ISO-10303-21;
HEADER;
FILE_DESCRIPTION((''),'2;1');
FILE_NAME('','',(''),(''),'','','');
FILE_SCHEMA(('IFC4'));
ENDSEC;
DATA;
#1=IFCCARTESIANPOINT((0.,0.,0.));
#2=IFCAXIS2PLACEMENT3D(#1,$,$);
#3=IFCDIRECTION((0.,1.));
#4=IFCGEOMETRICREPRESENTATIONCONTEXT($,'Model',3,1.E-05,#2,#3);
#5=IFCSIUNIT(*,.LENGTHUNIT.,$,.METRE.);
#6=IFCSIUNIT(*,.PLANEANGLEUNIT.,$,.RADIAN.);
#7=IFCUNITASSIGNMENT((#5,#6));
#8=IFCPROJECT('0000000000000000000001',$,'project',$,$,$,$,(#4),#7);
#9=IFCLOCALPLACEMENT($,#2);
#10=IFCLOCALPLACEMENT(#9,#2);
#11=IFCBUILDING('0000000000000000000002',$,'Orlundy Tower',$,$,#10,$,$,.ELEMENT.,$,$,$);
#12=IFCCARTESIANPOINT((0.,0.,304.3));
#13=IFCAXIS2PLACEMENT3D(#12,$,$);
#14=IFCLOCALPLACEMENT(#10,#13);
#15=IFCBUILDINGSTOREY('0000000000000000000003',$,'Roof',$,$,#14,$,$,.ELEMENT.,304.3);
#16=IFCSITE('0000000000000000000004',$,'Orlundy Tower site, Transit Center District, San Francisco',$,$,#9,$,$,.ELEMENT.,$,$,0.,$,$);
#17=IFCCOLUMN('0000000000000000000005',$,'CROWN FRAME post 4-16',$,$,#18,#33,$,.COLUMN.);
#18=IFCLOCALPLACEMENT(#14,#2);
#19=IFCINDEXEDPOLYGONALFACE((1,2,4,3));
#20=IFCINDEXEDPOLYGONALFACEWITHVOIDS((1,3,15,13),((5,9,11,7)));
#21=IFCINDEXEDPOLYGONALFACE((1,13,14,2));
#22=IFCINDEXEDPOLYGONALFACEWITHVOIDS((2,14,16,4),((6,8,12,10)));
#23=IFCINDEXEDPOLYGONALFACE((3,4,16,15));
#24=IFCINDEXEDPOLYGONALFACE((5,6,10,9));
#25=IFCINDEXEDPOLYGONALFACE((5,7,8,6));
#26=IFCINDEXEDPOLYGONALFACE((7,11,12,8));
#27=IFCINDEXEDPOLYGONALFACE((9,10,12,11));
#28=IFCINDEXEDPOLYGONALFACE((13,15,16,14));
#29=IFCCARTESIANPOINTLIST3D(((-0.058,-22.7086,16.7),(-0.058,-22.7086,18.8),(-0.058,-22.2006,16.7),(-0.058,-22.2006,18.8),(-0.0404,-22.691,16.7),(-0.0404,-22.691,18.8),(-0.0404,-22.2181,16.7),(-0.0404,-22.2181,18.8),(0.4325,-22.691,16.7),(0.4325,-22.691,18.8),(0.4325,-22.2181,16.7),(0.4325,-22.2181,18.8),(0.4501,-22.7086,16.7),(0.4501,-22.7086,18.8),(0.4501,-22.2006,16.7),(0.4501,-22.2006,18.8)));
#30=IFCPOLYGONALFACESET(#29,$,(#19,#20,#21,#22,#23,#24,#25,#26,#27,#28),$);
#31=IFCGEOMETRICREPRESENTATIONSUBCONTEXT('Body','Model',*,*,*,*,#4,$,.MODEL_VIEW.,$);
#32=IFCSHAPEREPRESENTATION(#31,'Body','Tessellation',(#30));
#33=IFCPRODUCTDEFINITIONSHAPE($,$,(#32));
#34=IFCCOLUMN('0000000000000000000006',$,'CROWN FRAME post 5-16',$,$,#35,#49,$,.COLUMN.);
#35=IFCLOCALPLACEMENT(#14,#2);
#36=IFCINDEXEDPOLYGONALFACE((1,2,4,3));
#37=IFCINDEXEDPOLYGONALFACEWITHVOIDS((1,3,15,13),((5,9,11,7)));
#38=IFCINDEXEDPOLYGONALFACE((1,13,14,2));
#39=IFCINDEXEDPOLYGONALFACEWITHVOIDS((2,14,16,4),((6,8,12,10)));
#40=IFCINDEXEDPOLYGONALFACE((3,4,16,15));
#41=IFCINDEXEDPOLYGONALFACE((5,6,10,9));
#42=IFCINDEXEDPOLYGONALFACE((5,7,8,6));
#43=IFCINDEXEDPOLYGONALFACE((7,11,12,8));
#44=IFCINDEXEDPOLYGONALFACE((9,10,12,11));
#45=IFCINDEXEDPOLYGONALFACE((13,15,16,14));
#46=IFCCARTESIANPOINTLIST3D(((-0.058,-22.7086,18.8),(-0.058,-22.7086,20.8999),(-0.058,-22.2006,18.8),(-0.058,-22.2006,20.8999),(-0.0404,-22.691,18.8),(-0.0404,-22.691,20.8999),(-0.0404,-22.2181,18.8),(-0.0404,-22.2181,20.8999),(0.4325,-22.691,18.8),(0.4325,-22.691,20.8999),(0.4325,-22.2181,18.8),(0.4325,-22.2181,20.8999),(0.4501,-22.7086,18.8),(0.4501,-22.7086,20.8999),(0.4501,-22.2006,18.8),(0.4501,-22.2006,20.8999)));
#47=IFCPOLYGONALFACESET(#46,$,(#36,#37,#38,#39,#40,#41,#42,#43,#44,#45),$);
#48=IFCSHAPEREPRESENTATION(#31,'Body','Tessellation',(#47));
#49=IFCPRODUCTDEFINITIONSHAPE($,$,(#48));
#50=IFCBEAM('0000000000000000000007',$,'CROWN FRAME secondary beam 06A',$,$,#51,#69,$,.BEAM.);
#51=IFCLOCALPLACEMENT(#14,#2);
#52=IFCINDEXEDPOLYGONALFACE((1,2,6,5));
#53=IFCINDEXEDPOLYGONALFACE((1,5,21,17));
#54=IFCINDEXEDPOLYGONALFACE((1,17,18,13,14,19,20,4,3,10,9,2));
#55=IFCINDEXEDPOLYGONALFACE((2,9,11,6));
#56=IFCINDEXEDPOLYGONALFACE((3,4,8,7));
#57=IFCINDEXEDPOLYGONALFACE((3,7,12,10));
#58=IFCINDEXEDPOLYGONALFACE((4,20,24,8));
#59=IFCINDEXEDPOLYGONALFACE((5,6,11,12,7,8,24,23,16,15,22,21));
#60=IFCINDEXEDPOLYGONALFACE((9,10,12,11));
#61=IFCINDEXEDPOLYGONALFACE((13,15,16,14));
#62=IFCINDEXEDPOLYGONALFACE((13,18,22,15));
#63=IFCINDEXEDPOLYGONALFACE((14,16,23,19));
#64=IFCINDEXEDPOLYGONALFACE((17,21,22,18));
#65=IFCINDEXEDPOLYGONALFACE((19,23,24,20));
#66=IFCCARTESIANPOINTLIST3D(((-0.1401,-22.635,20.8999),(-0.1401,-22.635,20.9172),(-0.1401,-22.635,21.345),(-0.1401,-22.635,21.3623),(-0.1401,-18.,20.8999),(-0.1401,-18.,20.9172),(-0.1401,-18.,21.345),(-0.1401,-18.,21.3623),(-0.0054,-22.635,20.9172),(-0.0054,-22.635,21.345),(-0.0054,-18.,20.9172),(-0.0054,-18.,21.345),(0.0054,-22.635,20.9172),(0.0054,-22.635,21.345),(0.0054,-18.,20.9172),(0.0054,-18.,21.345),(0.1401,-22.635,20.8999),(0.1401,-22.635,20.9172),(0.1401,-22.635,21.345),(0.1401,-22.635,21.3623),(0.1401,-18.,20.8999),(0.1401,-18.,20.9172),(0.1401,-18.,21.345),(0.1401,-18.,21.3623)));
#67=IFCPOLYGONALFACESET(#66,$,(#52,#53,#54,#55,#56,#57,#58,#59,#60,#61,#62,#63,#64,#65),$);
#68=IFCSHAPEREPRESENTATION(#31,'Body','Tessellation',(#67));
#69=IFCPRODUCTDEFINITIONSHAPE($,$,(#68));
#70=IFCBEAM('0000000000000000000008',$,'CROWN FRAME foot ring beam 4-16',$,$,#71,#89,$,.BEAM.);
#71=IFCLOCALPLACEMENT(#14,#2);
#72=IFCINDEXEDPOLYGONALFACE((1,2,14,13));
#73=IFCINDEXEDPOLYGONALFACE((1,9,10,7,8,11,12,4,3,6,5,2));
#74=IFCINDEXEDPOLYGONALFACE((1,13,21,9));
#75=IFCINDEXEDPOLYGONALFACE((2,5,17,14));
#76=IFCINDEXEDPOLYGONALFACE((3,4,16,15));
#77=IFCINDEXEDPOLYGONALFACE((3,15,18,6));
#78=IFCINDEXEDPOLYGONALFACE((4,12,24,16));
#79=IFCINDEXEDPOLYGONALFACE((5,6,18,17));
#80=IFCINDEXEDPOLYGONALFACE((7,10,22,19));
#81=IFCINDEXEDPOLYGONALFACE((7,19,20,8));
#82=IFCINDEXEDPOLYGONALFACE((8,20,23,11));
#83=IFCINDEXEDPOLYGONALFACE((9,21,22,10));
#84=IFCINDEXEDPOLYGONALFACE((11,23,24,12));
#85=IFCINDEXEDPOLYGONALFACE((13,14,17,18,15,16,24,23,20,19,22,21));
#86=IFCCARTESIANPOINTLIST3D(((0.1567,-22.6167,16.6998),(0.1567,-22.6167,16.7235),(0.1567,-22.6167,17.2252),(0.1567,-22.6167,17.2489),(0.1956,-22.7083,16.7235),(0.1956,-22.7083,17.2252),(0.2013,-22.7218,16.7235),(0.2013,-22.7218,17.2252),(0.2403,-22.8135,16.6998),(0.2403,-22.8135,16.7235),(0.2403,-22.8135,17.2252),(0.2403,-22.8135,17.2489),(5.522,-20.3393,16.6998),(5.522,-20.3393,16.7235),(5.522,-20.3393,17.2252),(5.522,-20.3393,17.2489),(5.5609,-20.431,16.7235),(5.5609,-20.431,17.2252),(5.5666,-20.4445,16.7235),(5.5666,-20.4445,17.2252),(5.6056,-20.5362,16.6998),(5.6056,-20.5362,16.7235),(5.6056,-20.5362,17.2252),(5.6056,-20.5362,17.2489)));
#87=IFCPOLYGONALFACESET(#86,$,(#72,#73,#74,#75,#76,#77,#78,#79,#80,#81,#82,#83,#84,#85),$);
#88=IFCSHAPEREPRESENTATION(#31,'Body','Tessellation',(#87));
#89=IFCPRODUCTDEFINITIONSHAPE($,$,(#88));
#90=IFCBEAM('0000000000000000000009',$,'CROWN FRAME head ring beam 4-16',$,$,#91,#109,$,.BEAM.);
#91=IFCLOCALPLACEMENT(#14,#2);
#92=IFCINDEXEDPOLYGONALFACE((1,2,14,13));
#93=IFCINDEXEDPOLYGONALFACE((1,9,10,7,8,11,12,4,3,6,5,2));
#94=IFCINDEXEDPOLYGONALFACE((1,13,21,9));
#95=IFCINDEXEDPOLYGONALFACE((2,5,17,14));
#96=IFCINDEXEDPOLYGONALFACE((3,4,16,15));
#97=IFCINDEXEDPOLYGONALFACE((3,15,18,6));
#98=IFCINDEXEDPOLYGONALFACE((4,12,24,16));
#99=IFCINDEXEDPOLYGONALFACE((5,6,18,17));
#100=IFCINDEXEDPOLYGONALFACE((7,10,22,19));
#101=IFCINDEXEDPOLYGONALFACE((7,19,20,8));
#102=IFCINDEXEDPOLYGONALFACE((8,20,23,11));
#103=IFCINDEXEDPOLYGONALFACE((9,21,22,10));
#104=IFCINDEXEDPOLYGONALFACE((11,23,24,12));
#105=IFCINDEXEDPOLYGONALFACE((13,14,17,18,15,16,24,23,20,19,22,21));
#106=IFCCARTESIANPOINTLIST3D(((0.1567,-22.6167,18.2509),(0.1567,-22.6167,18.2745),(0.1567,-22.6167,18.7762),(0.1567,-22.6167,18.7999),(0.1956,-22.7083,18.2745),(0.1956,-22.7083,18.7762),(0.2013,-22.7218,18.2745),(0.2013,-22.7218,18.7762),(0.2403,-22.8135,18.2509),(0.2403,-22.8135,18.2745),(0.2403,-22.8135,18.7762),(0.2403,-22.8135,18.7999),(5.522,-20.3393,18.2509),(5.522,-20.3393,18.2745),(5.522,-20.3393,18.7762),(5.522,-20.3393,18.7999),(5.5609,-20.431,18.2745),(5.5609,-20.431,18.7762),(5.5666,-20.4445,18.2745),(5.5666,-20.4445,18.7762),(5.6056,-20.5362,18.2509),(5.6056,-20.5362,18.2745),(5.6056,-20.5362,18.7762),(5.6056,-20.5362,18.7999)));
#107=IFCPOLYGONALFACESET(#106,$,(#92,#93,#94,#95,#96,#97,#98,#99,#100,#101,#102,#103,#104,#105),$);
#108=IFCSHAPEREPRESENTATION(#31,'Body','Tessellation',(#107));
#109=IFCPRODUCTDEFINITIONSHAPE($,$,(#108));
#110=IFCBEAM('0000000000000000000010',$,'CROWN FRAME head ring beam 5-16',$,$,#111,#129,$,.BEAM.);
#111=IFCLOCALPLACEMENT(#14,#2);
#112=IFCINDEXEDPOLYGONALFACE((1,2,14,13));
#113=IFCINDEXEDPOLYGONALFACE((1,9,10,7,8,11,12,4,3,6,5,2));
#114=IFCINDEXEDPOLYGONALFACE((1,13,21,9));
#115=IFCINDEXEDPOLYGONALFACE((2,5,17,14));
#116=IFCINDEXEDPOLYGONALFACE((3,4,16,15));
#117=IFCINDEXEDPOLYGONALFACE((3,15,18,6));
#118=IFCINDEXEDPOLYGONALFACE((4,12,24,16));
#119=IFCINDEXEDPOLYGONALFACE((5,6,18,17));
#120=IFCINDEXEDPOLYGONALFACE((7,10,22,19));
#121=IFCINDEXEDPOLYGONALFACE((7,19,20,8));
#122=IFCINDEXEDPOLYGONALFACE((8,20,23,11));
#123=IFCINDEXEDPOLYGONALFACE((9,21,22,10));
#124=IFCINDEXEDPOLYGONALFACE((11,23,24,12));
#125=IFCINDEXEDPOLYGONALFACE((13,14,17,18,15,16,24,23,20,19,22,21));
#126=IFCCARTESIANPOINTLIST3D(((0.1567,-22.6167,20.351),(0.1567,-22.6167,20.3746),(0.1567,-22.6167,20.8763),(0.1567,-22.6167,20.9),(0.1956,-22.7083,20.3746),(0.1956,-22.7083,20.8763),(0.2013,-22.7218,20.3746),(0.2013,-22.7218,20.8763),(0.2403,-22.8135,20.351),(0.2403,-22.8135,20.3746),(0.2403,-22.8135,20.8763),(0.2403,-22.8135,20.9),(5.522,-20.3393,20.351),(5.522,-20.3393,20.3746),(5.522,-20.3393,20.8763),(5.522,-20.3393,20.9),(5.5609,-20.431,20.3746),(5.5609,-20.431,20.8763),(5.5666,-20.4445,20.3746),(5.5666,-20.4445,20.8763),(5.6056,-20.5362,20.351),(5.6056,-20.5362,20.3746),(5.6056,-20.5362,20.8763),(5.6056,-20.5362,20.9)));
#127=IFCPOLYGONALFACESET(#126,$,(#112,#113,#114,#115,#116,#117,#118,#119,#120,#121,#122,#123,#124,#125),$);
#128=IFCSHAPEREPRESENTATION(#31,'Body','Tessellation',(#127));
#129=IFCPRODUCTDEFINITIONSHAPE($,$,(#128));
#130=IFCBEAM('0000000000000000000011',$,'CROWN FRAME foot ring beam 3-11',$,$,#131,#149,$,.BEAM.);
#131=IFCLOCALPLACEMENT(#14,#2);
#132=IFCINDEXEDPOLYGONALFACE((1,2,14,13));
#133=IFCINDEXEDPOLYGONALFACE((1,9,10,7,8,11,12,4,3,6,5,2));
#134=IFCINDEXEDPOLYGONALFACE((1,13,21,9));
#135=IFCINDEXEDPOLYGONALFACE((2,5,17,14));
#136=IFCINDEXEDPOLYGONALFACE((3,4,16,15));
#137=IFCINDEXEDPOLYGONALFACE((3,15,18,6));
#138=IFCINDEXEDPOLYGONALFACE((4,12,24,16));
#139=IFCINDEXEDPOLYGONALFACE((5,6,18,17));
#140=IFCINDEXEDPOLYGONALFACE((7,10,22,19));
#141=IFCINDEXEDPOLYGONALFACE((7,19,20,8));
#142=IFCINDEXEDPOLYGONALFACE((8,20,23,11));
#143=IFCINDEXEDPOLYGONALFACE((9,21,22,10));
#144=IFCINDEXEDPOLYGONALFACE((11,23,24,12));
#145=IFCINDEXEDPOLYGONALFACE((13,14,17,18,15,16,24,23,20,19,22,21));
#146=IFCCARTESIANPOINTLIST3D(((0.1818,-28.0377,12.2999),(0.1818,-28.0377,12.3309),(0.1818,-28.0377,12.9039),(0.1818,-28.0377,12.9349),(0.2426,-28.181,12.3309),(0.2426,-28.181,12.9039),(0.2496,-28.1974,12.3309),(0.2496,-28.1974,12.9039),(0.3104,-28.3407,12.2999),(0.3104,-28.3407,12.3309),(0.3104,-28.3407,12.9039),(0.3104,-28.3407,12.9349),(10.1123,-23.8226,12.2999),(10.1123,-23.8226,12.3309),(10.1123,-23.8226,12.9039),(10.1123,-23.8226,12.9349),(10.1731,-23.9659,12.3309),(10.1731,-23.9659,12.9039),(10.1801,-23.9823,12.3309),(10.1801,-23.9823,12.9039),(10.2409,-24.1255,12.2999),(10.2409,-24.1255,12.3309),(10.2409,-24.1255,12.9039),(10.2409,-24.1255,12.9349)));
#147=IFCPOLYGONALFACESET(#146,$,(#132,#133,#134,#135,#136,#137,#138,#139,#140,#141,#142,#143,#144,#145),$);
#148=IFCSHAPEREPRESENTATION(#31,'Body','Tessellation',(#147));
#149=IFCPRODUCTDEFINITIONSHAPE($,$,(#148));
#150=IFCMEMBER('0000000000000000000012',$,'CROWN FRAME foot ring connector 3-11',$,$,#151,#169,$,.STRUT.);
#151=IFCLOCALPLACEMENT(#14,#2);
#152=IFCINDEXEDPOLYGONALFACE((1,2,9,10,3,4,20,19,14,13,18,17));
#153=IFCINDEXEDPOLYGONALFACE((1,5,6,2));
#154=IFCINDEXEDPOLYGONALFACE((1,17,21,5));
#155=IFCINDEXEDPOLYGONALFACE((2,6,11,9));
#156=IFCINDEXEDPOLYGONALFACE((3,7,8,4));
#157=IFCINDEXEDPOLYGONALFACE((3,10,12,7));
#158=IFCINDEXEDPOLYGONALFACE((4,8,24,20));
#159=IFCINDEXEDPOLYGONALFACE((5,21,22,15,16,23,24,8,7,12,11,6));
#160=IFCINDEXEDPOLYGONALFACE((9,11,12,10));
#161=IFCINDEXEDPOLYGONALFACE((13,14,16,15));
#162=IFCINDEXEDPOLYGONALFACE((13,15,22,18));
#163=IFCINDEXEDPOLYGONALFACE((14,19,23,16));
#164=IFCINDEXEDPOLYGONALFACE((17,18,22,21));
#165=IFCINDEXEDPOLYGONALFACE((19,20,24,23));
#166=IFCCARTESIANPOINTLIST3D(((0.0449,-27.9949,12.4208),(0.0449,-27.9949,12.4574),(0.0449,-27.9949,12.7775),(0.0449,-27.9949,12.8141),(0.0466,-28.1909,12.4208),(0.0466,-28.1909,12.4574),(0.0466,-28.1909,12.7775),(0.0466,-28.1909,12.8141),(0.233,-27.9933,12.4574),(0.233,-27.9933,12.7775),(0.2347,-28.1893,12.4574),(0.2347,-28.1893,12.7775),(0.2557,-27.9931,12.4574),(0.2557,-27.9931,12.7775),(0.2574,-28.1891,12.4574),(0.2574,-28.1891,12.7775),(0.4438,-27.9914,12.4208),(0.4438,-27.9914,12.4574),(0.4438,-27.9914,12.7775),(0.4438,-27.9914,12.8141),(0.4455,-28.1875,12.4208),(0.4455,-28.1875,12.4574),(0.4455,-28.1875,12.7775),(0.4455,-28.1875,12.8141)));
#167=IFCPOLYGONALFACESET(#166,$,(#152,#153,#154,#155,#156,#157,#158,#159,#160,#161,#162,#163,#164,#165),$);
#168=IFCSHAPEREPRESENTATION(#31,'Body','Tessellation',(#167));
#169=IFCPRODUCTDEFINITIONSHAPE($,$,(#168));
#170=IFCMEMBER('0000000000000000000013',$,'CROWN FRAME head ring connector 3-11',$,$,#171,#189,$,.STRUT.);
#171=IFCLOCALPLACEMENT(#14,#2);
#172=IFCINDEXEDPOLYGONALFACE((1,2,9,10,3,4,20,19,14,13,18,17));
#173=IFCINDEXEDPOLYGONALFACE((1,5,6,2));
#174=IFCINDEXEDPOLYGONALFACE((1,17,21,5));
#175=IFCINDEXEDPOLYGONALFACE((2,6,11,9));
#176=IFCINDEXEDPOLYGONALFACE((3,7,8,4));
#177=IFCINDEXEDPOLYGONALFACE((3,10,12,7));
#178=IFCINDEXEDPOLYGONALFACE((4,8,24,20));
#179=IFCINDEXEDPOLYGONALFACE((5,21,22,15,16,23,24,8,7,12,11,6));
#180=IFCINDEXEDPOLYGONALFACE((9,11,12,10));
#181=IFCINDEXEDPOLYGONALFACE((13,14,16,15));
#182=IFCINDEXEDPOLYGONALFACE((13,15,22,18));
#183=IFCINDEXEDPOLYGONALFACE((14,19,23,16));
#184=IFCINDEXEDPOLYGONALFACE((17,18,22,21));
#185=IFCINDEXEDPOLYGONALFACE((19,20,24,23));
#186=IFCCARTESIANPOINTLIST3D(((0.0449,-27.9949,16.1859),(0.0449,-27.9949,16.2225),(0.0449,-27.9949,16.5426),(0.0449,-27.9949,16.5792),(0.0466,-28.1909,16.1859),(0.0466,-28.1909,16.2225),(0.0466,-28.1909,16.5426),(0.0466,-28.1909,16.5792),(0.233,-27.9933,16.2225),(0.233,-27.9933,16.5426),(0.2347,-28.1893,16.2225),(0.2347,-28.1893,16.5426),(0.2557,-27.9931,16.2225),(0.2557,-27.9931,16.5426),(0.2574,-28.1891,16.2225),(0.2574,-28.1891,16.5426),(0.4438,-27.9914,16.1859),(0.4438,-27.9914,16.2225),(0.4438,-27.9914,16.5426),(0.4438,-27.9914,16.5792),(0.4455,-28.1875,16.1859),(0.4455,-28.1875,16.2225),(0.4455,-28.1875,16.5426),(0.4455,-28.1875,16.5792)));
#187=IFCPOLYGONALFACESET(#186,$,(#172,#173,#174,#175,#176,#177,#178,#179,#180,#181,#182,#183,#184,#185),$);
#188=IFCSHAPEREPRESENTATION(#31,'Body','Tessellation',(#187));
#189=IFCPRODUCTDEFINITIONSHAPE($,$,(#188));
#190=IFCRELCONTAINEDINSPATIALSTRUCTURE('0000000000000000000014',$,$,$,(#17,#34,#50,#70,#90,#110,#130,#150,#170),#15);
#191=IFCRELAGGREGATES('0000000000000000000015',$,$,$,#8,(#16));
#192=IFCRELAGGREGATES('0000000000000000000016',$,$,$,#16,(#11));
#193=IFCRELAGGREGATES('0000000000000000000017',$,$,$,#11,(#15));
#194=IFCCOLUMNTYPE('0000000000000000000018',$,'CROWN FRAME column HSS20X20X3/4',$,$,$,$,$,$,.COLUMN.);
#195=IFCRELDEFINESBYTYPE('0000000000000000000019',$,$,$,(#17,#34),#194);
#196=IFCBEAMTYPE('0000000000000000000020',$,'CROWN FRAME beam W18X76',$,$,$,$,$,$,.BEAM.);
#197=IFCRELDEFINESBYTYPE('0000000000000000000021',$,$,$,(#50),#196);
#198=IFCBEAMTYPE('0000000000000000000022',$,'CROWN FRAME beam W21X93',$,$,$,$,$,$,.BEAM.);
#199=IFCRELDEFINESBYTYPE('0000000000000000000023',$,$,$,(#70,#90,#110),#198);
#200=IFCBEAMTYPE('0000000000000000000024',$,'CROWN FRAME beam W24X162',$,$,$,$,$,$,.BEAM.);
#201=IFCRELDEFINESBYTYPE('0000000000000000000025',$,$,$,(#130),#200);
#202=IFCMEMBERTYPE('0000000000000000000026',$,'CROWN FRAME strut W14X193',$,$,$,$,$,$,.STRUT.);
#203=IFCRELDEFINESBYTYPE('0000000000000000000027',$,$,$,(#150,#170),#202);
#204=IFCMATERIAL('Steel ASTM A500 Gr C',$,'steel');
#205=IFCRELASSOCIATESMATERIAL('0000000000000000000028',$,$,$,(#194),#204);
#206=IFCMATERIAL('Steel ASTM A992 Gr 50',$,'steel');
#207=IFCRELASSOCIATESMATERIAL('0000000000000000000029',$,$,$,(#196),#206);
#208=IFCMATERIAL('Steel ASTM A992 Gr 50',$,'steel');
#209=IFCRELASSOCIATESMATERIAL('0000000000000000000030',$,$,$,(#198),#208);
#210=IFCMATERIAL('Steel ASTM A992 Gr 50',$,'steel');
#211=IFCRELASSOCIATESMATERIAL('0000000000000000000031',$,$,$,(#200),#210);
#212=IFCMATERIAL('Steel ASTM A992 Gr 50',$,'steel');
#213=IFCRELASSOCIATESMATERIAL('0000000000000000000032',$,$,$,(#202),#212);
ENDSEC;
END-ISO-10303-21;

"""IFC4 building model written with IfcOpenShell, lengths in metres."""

from ifc_helpers import new_model, si_unit, direction, frame, origin, origin_2d, place, context, subcontext, project, spatial, hollow_rectangle, i_section, extrude, material, material_profile, profile_set, type_object, element, save


model = new_model("IFC4")

# Units and contexts
model_context = context("Model", 3, precision=1e-05, world=origin(), true_north=direction((0.0, 1.0)))
body_context = subcontext(model_context, "Body", "Model", "MODEL_VIEW")
ifc_project = project(units=[si_unit("LENGTHUNIT", "METRE"), si_unit("PLANEANGLEUNIT", "RADIAN")], contexts=[model_context])

# Site, building, storey
site_placement = place(None, origin())
site = spatial("IfcSite", under=ifc_project, at=site_placement, Name="Orlundy Tower site, Transit Center District, San Francisco", CompositionType="ELEMENT", RefElevation=0.0)
building_placement = place(site_placement, origin())
building = spatial("IfcBuilding", under=site, at=building_placement, Name="Orlundy Tower", CompositionType="ELEMENT")
storey_placement = place(building_placement, frame((0.0, 0.0, 304.3)))
storey = spatial("IfcBuildingStorey", under=building, at=storey_placement, Name="Roof", CompositionType="ELEMENT", Elevation=304.3)

# Columns
ifc_material_1 = material(Name="Steel ASTM A500 Gr C", Category="steel")
ifc_material_profile_1 = material_profile(ifc_material_1, hollow_rectangle(XDim=0.5081, YDim=0.5081, WallThickness=0.0176, at=origin_2d()), Name="HSS20X20X3/4")
ifc_profile_set_1 = profile_set([ifc_material_profile_1], Name="Steel ASTM A500 Gr C")
column_type = type_object("IfcColumnType", Name="CROWN FRAME column HSS20X20X3/4", PredefinedType="COLUMN", material=ifc_profile_set_1)
column_1_placement = place(storey_placement, frame((0.196, -22.4546, 16.7), z_axis=(0.0, 0.0, 1.0), x_axis=(1.0, 0.0, 0.0)))
element("IfcColumn", 1, at=column_1_placement, inside=storey, type_object=column_type, Name="CROWN FRAME post 4-16", PredefinedType="COLUMN", context=body_context, shape_type="SweptSolid", body=[
    extrude(hollow_rectangle(XDim=0.5081, YDim=0.5081, WallThickness=0.0176, at=origin_2d()), origin(), (0.0, 0.0, 1.0), 2.1001),
])
column_2_placement = place(storey_placement, frame((0.196, -22.4546, 18.8), z_axis=(0.0, 0.0, 1.0), x_axis=(1.0, 0.0, 0.0)))
element("IfcColumn", 2, at=column_2_placement, inside=storey, type_object=column_type, Name="CROWN FRAME post 5-16", PredefinedType="COLUMN", context=body_context, shape_type="SweptSolid", body=[
    extrude(hollow_rectangle(XDim=0.5081, YDim=0.5081, WallThickness=0.0176, at=origin_2d()), origin(), (0.0, 0.0, 1.0), 2.0999),
])

# Beams
ifc_material_2 = material(Name="Steel ASTM A992 Gr 50", Category="steel")
ifc_material_profile_2 = material_profile(ifc_material_2, i_section(OverallWidth=0.2803, OverallDepth=0.4624, WebThickness=0.0107, FlangeThickness=0.0173, at=origin_2d()), Name="W18X76")
ifc_profile_set_2 = profile_set([ifc_material_profile_2], Name="Steel ASTM A992 Gr 50")
beam_type_1 = type_object("IfcBeamType", Name="CROWN FRAME beam W18X76", PredefinedType="BEAM", material=ifc_profile_set_2)
beam_1_placement = place(storey_placement, frame((0.0, -22.635, 21.1311), z_axis=(0.0, 1.0, 0.0), x_axis=(-1.0, 0.0, 0.0)))
element("IfcBeam", 3, at=beam_1_placement, inside=storey, type_object=beam_type_1, Name="CROWN FRAME secondary beam 06A", PredefinedType="BEAM", context=body_context, shape_type="SweptSolid", body=[
    extrude(i_section(OverallWidth=0.2803, OverallDepth=0.4624, WebThickness=0.0107, FlangeThickness=0.0173, at=origin_2d()), origin(), (0.0, 0.0, 1.0), 4.635),
])
ifc_material_3 = material(Name="Steel ASTM A992 Gr 50", Category="steel")
ifc_material_profile_3 = material_profile(ifc_material_3, i_section(OverallWidth=0.2139, OverallDepth=0.5491, WebThickness=0.0146, FlangeThickness=0.0237, at=origin_2d()), Name="W21X93")
ifc_profile_set_3 = profile_set([ifc_material_profile_3], Name="Steel ASTM A992 Gr 50")
beam_type_2 = type_object("IfcBeamType", Name="CROWN FRAME beam W21X93", PredefinedType="BEAM", material=ifc_profile_set_3)
for number, where, z_axis, x_axis, name in (
    (4, (0.1985, -22.7151, 16.9744), (0.920509, 0.390722, 0.0), (-0.390722, 0.920509, 0.0), "CROWN FRAME foot ring beam 4-16"),
    (5, (0.1985, -22.7151, 18.5254), (0.920509, 0.390722, 0.0), (-0.390722, 0.920509, 0.0), "CROWN FRAME head ring beam 4-16"),
    (6, (0.1985, -22.7151, 20.6255), (0.920509, 0.390722, 0.0), (-0.390722, 0.920509, 0.0), "CROWN FRAME head ring beam 5-16"),
):
    element("IfcBeam", number, at=place(storey_placement, frame(where, z_axis=z_axis, x_axis=x_axis)), inside=storey, type_object=beam_type_2, Name=name, PredefinedType="BEAM", context=body_context, shape_type="SweptSolid", body=[
        extrude(i_section(OverallWidth=0.2139, OverallDepth=0.5491, WebThickness=0.0146, FlangeThickness=0.0237, at=origin_2d()), origin(), (0.0, 0.0, 1.0), 5.8286),
    ])
ifc_material_4 = material(Name="Steel ASTM A992 Gr 50", Category="steel")
ifc_material_profile_4 = material_profile(ifc_material_4, i_section(OverallWidth=0.3291, OverallDepth=0.635, WebThickness=0.0178, FlangeThickness=0.031, at=origin_2d()), Name="W24X162")
ifc_profile_set_4 = profile_set([ifc_material_profile_4], Name="Steel ASTM A992 Gr 50")
beam_type_3 = type_object("IfcBeamType", Name="CROWN FRAME beam W24X162", PredefinedType="BEAM", material=ifc_profile_set_4)
beam_2_placement = place(storey_placement, frame((0.2461, -28.1892, 12.6174), z_axis=(0.920509, 0.390721, 0.0), x_axis=(-0.390721, 0.920509, 0.0)))
element("IfcBeam", 7, at=beam_2_placement, inside=storey, type_object=beam_type_3, Name="CROWN FRAME foot ring beam 3-11", PredefinedType="BEAM", context=body_context, shape_type="SweptSolid", body=[
    extrude(i_section(OverallWidth=0.3291, OverallDepth=0.635, WebThickness=0.0178, FlangeThickness=0.031, at=origin_2d()), origin(), (0.0, 0.0, 1.0), 10.7881),
])

# Members
ifc_material_5 = material(Name="Steel ASTM A992 Gr 50", Category="steel")
ifc_material_profile_5 = material_profile(ifc_material_5, i_section(OverallWidth=0.3989, OverallDepth=0.3933, WebThickness=0.0227, FlangeThickness=0.0366, at=origin_2d()), Name="W14X193")
ifc_profile_set_5 = profile_set([ifc_material_profile_5], Name="Steel ASTM A992 Gr 50")
member_type = type_object("IfcMemberType", Name="CROWN FRAME strut W14X193", PredefinedType="STRUT", material=ifc_profile_set_5)
for number, where, z_axis, x_axis, name in (
    (8, (0.2444, -27.9932, 12.6174), (0.008717, -0.999962, 0.0), (0.999962, 0.008717, 0.0), "CROWN FRAME foot ring connector 3-11"),
    (9, (0.2444, -27.9932, 16.3826), (0.008717, -0.999962, 0.0), (0.999962, 0.008717, 0.0), "CROWN FRAME head ring connector 3-11"),
):
    element("IfcMember", number, at=place(storey_placement, frame(where, z_axis=z_axis, x_axis=x_axis)), inside=storey, type_object=member_type, Name=name, PredefinedType="STRUT", context=body_context, shape_type="SweptSolid", body=[
        extrude(i_section(OverallWidth=0.3989, OverallDepth=0.3933, WebThickness=0.0227, FlangeThickness=0.0366, at=origin_2d()), origin(), (0.0, 0.0, 1.0), 0.196),
    ])

save(model, "model.ifc")
